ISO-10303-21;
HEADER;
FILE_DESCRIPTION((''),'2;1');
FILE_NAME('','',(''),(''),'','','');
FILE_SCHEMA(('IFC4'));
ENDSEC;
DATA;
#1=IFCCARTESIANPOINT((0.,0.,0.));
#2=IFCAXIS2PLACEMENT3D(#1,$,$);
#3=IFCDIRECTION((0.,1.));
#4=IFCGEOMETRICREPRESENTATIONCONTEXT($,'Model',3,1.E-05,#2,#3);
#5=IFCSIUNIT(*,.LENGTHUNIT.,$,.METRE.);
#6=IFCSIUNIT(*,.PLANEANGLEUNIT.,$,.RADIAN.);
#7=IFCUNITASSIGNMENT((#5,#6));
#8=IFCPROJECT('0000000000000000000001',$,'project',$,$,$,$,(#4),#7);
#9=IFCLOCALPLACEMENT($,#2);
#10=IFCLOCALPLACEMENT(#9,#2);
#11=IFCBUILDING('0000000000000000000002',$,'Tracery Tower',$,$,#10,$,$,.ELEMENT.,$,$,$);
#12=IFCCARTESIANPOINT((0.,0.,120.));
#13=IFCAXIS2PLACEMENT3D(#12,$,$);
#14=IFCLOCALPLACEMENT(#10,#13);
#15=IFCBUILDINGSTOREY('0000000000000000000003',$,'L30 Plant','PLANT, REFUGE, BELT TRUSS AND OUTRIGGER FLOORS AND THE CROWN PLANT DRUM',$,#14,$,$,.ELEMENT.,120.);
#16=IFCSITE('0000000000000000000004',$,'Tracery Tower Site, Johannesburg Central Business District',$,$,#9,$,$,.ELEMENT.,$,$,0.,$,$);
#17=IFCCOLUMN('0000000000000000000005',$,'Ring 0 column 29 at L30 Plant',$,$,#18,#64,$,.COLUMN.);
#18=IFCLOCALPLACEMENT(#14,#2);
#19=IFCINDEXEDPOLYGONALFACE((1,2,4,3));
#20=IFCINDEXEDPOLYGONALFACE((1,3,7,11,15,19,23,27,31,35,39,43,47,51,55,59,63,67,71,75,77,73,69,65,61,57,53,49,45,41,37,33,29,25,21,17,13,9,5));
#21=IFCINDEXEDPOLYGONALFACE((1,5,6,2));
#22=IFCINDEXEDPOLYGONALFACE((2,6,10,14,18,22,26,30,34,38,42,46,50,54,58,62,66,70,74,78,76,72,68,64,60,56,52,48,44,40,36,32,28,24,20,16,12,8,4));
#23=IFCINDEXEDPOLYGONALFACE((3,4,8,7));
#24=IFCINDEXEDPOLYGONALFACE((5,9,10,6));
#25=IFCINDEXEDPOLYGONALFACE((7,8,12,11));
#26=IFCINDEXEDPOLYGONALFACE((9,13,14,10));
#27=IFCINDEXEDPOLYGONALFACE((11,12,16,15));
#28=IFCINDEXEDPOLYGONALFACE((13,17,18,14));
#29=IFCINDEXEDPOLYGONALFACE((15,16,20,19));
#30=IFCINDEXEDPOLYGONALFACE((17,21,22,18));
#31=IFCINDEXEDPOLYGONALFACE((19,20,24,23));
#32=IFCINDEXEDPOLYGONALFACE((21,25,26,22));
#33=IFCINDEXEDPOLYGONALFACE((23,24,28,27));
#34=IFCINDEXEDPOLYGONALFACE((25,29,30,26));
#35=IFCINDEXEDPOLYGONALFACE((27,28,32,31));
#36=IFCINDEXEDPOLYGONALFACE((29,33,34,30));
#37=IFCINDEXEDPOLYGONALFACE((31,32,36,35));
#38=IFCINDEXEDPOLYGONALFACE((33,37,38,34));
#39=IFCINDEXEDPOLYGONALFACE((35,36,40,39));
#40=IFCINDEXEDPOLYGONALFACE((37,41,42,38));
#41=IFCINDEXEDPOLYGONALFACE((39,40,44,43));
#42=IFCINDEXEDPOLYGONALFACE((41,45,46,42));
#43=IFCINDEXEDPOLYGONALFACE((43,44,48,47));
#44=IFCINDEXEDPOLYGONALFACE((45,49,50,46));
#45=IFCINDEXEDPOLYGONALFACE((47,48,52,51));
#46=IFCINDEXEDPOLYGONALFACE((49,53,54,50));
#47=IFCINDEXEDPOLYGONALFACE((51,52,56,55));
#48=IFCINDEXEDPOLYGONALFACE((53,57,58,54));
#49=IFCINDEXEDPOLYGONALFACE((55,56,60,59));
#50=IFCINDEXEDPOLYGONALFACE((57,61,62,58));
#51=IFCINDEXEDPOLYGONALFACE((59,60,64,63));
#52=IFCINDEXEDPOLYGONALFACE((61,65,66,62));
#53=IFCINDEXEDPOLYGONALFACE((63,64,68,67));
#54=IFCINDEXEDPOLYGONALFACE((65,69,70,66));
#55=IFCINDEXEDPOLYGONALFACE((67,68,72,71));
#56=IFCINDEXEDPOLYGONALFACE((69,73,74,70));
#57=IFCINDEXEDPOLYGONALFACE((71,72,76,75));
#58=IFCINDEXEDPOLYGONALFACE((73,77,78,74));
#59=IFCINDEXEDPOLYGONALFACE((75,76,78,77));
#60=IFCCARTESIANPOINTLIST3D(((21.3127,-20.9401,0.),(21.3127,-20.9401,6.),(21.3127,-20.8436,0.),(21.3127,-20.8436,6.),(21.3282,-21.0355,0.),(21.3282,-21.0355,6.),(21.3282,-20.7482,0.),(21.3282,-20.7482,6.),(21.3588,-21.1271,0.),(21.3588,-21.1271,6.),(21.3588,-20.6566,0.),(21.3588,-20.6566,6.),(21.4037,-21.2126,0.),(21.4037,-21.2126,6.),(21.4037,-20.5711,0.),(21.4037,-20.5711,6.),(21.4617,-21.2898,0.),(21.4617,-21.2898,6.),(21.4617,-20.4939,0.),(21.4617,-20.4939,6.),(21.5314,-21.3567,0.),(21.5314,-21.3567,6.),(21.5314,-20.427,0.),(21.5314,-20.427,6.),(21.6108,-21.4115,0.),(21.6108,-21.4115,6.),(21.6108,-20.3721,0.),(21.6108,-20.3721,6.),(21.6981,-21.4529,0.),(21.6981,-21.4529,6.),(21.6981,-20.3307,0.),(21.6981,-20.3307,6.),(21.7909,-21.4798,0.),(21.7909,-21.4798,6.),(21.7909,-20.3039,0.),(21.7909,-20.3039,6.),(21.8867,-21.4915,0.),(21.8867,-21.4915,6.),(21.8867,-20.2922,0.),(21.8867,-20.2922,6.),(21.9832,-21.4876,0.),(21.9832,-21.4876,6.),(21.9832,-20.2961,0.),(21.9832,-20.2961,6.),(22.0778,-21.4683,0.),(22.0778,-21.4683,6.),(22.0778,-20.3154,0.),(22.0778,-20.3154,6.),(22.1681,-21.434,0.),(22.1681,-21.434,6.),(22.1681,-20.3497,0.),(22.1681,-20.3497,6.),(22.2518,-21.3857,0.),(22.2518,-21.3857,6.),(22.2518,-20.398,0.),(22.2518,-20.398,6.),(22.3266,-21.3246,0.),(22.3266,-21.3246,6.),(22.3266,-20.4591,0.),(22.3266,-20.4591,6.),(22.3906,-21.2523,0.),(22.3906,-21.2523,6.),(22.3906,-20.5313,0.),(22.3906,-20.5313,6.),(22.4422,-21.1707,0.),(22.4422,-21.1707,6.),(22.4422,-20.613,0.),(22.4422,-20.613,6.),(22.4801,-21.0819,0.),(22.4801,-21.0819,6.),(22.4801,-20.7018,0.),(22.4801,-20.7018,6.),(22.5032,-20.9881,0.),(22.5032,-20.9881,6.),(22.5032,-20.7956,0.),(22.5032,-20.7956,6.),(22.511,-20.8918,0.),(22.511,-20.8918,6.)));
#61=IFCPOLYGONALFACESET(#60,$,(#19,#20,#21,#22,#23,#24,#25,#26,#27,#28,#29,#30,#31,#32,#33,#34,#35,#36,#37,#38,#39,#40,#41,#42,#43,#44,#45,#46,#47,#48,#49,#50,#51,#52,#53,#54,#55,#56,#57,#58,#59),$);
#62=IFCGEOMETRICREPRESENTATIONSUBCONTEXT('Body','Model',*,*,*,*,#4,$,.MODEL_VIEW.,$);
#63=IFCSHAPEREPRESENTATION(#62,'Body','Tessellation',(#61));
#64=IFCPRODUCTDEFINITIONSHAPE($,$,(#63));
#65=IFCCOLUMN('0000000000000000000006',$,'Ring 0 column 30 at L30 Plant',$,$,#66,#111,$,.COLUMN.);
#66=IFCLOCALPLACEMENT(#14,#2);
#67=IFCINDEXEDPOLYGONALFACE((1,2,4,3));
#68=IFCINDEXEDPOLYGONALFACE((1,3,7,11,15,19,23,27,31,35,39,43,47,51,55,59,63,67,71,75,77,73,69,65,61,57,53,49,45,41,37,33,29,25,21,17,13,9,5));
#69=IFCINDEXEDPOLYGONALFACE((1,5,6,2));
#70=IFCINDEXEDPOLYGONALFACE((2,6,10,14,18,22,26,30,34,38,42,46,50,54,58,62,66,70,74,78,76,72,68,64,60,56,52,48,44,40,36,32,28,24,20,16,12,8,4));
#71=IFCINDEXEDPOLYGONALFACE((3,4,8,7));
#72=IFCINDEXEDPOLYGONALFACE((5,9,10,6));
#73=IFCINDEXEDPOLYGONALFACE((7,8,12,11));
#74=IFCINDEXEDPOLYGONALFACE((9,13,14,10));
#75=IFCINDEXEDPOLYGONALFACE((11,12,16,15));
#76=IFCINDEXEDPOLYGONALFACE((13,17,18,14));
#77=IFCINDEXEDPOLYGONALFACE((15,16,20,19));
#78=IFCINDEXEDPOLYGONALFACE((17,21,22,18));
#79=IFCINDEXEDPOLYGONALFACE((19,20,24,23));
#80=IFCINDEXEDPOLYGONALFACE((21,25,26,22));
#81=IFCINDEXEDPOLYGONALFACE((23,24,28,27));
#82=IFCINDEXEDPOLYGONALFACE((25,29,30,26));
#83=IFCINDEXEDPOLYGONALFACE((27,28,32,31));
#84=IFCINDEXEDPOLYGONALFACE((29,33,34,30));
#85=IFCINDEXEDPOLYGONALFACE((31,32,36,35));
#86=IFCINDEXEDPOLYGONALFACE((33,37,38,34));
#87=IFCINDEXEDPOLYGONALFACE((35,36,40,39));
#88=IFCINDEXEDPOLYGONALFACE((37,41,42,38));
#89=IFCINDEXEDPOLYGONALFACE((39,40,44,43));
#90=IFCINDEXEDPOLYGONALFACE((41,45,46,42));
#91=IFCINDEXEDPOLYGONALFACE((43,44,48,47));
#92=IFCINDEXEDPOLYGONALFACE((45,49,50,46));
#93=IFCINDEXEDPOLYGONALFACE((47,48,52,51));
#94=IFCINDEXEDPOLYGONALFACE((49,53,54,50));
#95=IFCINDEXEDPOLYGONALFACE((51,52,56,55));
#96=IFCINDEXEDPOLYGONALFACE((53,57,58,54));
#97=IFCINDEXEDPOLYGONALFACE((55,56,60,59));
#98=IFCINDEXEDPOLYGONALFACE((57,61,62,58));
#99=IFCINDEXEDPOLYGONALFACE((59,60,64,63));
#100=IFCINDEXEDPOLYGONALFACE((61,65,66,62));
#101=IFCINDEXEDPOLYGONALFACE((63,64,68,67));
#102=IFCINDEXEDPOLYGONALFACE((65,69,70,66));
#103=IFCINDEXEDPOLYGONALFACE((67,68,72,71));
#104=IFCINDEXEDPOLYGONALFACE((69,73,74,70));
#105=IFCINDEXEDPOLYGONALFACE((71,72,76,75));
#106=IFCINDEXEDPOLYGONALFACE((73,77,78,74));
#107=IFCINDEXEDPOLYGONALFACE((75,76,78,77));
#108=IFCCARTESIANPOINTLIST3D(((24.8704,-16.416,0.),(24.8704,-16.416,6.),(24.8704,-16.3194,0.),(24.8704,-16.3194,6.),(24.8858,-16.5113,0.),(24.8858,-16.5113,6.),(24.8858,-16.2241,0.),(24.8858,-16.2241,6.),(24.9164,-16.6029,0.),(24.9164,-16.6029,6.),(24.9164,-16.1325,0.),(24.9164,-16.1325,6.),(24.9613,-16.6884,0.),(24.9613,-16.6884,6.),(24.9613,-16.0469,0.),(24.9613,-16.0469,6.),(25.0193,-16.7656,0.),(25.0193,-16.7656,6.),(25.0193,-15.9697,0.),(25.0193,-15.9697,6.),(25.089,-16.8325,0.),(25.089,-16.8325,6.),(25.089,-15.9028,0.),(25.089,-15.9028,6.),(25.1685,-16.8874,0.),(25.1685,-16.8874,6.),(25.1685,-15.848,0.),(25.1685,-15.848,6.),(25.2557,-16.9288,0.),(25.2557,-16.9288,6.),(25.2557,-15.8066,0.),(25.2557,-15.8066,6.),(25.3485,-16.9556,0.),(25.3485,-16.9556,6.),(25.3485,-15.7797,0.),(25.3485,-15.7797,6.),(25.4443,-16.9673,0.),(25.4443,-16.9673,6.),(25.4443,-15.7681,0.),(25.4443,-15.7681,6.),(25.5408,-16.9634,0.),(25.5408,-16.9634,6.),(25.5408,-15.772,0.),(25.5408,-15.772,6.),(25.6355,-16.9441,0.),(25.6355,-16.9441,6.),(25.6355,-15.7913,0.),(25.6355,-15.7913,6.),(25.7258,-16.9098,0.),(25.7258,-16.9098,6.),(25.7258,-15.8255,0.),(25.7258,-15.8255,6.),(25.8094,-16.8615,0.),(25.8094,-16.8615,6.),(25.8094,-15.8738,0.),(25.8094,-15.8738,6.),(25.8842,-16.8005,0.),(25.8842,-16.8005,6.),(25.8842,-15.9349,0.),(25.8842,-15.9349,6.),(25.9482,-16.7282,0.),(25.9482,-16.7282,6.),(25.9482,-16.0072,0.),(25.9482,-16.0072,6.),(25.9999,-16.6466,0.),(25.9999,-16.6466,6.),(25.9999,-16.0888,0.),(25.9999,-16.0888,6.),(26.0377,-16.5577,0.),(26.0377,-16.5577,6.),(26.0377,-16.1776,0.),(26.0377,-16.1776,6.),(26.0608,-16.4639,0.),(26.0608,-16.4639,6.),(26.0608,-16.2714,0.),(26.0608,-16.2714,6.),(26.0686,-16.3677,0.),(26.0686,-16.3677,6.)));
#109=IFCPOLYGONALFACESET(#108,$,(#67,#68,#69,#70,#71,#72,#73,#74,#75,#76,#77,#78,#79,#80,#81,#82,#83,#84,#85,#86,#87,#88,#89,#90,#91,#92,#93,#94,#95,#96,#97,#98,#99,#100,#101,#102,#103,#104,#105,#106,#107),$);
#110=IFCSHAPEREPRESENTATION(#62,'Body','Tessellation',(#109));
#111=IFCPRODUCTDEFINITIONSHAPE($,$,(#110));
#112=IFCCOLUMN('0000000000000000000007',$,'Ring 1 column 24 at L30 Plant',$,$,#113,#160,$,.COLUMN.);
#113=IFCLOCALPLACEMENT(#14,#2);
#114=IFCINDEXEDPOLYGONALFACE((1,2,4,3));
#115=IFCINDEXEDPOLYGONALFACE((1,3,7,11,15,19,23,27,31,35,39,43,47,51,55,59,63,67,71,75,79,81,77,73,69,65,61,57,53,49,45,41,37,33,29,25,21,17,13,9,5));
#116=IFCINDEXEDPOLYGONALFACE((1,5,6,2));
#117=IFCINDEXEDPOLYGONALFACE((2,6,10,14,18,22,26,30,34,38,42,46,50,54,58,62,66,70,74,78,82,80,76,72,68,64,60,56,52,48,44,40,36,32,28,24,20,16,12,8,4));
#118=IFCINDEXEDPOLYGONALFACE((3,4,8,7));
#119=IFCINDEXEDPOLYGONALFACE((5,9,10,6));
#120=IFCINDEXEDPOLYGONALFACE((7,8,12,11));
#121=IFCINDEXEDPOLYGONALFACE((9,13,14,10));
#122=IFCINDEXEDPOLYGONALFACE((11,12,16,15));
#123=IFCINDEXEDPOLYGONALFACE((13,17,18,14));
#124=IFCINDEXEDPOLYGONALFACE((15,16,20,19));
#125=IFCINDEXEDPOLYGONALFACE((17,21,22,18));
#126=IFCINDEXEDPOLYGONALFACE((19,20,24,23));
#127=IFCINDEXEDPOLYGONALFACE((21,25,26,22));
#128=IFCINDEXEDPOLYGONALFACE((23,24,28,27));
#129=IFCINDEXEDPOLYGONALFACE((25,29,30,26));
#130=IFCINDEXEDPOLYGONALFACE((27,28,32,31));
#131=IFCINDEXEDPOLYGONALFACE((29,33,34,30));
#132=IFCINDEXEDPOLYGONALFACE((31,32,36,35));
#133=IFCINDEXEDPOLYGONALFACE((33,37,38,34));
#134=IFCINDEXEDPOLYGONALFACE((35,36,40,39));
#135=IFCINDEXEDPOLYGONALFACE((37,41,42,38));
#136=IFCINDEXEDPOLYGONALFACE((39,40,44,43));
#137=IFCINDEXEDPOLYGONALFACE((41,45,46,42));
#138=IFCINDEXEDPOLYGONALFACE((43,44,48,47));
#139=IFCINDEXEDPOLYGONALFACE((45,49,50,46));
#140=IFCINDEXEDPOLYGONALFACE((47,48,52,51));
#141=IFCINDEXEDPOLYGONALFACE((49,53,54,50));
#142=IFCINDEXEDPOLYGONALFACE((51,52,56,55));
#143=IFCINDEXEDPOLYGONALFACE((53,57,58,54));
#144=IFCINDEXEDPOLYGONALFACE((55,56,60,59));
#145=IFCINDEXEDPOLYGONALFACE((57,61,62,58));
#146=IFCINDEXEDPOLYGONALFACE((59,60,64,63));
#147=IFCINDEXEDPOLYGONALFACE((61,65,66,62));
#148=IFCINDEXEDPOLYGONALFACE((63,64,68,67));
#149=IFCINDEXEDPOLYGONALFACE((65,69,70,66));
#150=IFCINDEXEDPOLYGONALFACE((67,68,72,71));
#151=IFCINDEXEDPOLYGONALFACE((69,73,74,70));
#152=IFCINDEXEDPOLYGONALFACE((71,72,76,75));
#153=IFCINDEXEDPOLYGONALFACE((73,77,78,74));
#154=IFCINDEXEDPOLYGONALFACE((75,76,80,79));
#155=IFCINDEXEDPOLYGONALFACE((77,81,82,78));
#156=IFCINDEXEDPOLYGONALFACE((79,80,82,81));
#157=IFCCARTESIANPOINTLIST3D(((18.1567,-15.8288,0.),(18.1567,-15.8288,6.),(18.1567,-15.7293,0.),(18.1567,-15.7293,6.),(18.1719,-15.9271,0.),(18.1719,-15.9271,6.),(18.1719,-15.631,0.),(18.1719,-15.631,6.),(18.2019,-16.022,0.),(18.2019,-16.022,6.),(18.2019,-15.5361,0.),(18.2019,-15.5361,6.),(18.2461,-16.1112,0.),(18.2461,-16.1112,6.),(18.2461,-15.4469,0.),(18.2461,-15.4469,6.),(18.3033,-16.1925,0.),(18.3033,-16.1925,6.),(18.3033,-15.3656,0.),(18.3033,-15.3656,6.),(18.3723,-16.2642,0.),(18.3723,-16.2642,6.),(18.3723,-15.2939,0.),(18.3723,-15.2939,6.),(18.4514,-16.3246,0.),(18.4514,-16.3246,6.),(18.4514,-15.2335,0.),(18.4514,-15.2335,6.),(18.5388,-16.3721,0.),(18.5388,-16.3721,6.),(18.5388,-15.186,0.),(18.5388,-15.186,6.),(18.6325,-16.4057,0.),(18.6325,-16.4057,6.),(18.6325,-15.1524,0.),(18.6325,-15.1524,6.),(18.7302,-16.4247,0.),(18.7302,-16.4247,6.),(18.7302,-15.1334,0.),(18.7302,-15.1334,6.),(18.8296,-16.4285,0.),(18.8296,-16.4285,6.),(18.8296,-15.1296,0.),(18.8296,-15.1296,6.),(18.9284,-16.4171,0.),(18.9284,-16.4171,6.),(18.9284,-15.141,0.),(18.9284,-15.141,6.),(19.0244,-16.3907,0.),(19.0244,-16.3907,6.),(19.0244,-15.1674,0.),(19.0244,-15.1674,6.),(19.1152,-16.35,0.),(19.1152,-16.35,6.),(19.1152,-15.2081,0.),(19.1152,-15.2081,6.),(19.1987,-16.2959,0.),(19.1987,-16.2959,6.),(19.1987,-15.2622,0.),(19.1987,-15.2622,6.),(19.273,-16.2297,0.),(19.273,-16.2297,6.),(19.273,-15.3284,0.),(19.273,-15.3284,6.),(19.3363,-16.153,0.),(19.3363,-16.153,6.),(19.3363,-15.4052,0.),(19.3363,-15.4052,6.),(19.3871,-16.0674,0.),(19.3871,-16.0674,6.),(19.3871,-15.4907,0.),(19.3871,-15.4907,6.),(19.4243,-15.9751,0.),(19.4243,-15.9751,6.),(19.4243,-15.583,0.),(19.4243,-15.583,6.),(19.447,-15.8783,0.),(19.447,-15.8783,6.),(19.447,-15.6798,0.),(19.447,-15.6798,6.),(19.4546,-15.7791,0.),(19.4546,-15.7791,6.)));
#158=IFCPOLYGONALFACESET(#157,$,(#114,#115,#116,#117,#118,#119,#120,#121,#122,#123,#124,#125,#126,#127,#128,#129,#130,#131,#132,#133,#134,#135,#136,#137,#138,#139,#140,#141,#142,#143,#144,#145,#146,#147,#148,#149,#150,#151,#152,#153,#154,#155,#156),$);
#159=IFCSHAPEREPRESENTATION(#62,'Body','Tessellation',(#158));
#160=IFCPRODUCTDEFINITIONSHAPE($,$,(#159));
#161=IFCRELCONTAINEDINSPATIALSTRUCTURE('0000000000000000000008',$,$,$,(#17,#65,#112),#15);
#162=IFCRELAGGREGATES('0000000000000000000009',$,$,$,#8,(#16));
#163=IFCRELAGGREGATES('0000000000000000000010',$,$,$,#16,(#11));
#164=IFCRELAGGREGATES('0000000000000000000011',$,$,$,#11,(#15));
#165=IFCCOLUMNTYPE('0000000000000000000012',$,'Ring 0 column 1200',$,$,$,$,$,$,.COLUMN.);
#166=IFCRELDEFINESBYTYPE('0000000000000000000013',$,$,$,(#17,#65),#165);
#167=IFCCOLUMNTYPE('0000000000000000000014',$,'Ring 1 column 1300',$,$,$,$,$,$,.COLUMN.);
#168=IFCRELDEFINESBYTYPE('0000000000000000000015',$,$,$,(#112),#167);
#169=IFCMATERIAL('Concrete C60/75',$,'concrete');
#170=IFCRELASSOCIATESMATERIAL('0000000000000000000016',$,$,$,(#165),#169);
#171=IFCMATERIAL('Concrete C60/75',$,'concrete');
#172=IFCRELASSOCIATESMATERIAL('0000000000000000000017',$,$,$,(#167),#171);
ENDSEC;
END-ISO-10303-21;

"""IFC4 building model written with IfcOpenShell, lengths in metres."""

from ifc_helpers import new_model, si_unit, direction, frame, origin, origin_2d, place, context, subcontext, project, spatial, circle, extrude, material, material_profile, profile_set, type_object, element, save


model = new_model("IFC4")

# Units and contexts
model_context = context("Model", 3, precision=1e-05, world=origin(), true_north=direction((0.0, 1.0)))
body_context = subcontext(model_context, "Body", "Model", "MODEL_VIEW")
ifc_project = project(units=[si_unit("LENGTHUNIT", "METRE"), si_unit("PLANEANGLEUNIT", "RADIAN")], contexts=[model_context])

# Site, building, storey
site_placement = place(None, origin())
site = spatial("IfcSite", under=ifc_project, at=site_placement, Name="Tracery Tower Site, Johannesburg Central Business District", CompositionType="ELEMENT", RefElevation=0.0)
building_placement = place(site_placement, origin())
building = spatial("IfcBuilding", under=site, at=building_placement, Name="Tracery Tower", CompositionType="ELEMENT")
storey_placement = place(building_placement, frame((0.0, 0.0, 120.0)))
storey = spatial("IfcBuildingStorey", under=building, at=storey_placement, Name="L30 Plant", Description="PLANT, REFUGE, BELT TRUSS AND OUTRIGGER FLOORS AND THE CROWN PLANT DRUM", CompositionType="ELEMENT", Elevation=120.0)

# Columns
ifc_material_1 = material(Name="Concrete C60/75", Category="concrete")
ifc_material_profile_1 = material_profile(ifc_material_1, circle(Radius=0.6001, at=origin_2d()), Name="RC D1200")
ifc_profile_set_1 = profile_set([ifc_material_profile_1], Name="Concrete C60/75")
column_type_1 = type_object("IfcColumnType", Name="Ring 0 column 1200", PredefinedType="COLUMN", material=ifc_profile_set_1)
for number, where, z_axis, x_axis, name in (
    (1, (21.9109, -20.8918, 0.0), (0.0, 0.0, 1.0), (1.0, 0.0, 0.0), "Ring 0 column 29 at L30 Plant"),
    (2, (25.4685, -16.3677, 0.0), (0.0, 0.0, 1.0), (1.0, 0.0, 0.0), "Ring 0 column 30 at L30 Plant"),
):
    element("IfcColumn", number, at=place(storey_placement, frame(where, z_axis=z_axis, x_axis=x_axis)), inside=storey, type_object=column_type_1, Name=name, PredefinedType="COLUMN", context=body_context, shape_type="SweptSolid", body=[
        extrude(circle(Radius=0.6001, at=origin_2d()), origin(), (0.0, 0.0, 1.0), 6.0),
    ])
ifc_material_2 = material(Name="Concrete C60/75", Category="concrete")
ifc_material_profile_2 = material_profile(ifc_material_2, circle(Radius=0.6499, at=origin_2d()), Name="RC D1300")
ifc_profile_set_2 = profile_set([ifc_material_profile_2], Name="Concrete C60/75")
column_type_2 = type_object("IfcColumnType", Name="Ring 1 column 1300", PredefinedType="COLUMN", material=ifc_profile_set_2)
column_placement = place(storey_placement, frame((18.8047, -15.7791, 0.0), z_axis=(0.0, 0.0, 1.0), x_axis=(1.0, 0.0, 0.0)))
element("IfcColumn", 3, at=column_placement, inside=storey, type_object=column_type_2, Name="Ring 1 column 24 at L30 Plant", PredefinedType="COLUMN", context=body_context, shape_type="SweptSolid", body=[
    extrude(circle(Radius=0.6499, at=origin_2d()), origin(), (0.0, 0.0, 1.0), 6.0),
])

save(model, "model.ifc")
